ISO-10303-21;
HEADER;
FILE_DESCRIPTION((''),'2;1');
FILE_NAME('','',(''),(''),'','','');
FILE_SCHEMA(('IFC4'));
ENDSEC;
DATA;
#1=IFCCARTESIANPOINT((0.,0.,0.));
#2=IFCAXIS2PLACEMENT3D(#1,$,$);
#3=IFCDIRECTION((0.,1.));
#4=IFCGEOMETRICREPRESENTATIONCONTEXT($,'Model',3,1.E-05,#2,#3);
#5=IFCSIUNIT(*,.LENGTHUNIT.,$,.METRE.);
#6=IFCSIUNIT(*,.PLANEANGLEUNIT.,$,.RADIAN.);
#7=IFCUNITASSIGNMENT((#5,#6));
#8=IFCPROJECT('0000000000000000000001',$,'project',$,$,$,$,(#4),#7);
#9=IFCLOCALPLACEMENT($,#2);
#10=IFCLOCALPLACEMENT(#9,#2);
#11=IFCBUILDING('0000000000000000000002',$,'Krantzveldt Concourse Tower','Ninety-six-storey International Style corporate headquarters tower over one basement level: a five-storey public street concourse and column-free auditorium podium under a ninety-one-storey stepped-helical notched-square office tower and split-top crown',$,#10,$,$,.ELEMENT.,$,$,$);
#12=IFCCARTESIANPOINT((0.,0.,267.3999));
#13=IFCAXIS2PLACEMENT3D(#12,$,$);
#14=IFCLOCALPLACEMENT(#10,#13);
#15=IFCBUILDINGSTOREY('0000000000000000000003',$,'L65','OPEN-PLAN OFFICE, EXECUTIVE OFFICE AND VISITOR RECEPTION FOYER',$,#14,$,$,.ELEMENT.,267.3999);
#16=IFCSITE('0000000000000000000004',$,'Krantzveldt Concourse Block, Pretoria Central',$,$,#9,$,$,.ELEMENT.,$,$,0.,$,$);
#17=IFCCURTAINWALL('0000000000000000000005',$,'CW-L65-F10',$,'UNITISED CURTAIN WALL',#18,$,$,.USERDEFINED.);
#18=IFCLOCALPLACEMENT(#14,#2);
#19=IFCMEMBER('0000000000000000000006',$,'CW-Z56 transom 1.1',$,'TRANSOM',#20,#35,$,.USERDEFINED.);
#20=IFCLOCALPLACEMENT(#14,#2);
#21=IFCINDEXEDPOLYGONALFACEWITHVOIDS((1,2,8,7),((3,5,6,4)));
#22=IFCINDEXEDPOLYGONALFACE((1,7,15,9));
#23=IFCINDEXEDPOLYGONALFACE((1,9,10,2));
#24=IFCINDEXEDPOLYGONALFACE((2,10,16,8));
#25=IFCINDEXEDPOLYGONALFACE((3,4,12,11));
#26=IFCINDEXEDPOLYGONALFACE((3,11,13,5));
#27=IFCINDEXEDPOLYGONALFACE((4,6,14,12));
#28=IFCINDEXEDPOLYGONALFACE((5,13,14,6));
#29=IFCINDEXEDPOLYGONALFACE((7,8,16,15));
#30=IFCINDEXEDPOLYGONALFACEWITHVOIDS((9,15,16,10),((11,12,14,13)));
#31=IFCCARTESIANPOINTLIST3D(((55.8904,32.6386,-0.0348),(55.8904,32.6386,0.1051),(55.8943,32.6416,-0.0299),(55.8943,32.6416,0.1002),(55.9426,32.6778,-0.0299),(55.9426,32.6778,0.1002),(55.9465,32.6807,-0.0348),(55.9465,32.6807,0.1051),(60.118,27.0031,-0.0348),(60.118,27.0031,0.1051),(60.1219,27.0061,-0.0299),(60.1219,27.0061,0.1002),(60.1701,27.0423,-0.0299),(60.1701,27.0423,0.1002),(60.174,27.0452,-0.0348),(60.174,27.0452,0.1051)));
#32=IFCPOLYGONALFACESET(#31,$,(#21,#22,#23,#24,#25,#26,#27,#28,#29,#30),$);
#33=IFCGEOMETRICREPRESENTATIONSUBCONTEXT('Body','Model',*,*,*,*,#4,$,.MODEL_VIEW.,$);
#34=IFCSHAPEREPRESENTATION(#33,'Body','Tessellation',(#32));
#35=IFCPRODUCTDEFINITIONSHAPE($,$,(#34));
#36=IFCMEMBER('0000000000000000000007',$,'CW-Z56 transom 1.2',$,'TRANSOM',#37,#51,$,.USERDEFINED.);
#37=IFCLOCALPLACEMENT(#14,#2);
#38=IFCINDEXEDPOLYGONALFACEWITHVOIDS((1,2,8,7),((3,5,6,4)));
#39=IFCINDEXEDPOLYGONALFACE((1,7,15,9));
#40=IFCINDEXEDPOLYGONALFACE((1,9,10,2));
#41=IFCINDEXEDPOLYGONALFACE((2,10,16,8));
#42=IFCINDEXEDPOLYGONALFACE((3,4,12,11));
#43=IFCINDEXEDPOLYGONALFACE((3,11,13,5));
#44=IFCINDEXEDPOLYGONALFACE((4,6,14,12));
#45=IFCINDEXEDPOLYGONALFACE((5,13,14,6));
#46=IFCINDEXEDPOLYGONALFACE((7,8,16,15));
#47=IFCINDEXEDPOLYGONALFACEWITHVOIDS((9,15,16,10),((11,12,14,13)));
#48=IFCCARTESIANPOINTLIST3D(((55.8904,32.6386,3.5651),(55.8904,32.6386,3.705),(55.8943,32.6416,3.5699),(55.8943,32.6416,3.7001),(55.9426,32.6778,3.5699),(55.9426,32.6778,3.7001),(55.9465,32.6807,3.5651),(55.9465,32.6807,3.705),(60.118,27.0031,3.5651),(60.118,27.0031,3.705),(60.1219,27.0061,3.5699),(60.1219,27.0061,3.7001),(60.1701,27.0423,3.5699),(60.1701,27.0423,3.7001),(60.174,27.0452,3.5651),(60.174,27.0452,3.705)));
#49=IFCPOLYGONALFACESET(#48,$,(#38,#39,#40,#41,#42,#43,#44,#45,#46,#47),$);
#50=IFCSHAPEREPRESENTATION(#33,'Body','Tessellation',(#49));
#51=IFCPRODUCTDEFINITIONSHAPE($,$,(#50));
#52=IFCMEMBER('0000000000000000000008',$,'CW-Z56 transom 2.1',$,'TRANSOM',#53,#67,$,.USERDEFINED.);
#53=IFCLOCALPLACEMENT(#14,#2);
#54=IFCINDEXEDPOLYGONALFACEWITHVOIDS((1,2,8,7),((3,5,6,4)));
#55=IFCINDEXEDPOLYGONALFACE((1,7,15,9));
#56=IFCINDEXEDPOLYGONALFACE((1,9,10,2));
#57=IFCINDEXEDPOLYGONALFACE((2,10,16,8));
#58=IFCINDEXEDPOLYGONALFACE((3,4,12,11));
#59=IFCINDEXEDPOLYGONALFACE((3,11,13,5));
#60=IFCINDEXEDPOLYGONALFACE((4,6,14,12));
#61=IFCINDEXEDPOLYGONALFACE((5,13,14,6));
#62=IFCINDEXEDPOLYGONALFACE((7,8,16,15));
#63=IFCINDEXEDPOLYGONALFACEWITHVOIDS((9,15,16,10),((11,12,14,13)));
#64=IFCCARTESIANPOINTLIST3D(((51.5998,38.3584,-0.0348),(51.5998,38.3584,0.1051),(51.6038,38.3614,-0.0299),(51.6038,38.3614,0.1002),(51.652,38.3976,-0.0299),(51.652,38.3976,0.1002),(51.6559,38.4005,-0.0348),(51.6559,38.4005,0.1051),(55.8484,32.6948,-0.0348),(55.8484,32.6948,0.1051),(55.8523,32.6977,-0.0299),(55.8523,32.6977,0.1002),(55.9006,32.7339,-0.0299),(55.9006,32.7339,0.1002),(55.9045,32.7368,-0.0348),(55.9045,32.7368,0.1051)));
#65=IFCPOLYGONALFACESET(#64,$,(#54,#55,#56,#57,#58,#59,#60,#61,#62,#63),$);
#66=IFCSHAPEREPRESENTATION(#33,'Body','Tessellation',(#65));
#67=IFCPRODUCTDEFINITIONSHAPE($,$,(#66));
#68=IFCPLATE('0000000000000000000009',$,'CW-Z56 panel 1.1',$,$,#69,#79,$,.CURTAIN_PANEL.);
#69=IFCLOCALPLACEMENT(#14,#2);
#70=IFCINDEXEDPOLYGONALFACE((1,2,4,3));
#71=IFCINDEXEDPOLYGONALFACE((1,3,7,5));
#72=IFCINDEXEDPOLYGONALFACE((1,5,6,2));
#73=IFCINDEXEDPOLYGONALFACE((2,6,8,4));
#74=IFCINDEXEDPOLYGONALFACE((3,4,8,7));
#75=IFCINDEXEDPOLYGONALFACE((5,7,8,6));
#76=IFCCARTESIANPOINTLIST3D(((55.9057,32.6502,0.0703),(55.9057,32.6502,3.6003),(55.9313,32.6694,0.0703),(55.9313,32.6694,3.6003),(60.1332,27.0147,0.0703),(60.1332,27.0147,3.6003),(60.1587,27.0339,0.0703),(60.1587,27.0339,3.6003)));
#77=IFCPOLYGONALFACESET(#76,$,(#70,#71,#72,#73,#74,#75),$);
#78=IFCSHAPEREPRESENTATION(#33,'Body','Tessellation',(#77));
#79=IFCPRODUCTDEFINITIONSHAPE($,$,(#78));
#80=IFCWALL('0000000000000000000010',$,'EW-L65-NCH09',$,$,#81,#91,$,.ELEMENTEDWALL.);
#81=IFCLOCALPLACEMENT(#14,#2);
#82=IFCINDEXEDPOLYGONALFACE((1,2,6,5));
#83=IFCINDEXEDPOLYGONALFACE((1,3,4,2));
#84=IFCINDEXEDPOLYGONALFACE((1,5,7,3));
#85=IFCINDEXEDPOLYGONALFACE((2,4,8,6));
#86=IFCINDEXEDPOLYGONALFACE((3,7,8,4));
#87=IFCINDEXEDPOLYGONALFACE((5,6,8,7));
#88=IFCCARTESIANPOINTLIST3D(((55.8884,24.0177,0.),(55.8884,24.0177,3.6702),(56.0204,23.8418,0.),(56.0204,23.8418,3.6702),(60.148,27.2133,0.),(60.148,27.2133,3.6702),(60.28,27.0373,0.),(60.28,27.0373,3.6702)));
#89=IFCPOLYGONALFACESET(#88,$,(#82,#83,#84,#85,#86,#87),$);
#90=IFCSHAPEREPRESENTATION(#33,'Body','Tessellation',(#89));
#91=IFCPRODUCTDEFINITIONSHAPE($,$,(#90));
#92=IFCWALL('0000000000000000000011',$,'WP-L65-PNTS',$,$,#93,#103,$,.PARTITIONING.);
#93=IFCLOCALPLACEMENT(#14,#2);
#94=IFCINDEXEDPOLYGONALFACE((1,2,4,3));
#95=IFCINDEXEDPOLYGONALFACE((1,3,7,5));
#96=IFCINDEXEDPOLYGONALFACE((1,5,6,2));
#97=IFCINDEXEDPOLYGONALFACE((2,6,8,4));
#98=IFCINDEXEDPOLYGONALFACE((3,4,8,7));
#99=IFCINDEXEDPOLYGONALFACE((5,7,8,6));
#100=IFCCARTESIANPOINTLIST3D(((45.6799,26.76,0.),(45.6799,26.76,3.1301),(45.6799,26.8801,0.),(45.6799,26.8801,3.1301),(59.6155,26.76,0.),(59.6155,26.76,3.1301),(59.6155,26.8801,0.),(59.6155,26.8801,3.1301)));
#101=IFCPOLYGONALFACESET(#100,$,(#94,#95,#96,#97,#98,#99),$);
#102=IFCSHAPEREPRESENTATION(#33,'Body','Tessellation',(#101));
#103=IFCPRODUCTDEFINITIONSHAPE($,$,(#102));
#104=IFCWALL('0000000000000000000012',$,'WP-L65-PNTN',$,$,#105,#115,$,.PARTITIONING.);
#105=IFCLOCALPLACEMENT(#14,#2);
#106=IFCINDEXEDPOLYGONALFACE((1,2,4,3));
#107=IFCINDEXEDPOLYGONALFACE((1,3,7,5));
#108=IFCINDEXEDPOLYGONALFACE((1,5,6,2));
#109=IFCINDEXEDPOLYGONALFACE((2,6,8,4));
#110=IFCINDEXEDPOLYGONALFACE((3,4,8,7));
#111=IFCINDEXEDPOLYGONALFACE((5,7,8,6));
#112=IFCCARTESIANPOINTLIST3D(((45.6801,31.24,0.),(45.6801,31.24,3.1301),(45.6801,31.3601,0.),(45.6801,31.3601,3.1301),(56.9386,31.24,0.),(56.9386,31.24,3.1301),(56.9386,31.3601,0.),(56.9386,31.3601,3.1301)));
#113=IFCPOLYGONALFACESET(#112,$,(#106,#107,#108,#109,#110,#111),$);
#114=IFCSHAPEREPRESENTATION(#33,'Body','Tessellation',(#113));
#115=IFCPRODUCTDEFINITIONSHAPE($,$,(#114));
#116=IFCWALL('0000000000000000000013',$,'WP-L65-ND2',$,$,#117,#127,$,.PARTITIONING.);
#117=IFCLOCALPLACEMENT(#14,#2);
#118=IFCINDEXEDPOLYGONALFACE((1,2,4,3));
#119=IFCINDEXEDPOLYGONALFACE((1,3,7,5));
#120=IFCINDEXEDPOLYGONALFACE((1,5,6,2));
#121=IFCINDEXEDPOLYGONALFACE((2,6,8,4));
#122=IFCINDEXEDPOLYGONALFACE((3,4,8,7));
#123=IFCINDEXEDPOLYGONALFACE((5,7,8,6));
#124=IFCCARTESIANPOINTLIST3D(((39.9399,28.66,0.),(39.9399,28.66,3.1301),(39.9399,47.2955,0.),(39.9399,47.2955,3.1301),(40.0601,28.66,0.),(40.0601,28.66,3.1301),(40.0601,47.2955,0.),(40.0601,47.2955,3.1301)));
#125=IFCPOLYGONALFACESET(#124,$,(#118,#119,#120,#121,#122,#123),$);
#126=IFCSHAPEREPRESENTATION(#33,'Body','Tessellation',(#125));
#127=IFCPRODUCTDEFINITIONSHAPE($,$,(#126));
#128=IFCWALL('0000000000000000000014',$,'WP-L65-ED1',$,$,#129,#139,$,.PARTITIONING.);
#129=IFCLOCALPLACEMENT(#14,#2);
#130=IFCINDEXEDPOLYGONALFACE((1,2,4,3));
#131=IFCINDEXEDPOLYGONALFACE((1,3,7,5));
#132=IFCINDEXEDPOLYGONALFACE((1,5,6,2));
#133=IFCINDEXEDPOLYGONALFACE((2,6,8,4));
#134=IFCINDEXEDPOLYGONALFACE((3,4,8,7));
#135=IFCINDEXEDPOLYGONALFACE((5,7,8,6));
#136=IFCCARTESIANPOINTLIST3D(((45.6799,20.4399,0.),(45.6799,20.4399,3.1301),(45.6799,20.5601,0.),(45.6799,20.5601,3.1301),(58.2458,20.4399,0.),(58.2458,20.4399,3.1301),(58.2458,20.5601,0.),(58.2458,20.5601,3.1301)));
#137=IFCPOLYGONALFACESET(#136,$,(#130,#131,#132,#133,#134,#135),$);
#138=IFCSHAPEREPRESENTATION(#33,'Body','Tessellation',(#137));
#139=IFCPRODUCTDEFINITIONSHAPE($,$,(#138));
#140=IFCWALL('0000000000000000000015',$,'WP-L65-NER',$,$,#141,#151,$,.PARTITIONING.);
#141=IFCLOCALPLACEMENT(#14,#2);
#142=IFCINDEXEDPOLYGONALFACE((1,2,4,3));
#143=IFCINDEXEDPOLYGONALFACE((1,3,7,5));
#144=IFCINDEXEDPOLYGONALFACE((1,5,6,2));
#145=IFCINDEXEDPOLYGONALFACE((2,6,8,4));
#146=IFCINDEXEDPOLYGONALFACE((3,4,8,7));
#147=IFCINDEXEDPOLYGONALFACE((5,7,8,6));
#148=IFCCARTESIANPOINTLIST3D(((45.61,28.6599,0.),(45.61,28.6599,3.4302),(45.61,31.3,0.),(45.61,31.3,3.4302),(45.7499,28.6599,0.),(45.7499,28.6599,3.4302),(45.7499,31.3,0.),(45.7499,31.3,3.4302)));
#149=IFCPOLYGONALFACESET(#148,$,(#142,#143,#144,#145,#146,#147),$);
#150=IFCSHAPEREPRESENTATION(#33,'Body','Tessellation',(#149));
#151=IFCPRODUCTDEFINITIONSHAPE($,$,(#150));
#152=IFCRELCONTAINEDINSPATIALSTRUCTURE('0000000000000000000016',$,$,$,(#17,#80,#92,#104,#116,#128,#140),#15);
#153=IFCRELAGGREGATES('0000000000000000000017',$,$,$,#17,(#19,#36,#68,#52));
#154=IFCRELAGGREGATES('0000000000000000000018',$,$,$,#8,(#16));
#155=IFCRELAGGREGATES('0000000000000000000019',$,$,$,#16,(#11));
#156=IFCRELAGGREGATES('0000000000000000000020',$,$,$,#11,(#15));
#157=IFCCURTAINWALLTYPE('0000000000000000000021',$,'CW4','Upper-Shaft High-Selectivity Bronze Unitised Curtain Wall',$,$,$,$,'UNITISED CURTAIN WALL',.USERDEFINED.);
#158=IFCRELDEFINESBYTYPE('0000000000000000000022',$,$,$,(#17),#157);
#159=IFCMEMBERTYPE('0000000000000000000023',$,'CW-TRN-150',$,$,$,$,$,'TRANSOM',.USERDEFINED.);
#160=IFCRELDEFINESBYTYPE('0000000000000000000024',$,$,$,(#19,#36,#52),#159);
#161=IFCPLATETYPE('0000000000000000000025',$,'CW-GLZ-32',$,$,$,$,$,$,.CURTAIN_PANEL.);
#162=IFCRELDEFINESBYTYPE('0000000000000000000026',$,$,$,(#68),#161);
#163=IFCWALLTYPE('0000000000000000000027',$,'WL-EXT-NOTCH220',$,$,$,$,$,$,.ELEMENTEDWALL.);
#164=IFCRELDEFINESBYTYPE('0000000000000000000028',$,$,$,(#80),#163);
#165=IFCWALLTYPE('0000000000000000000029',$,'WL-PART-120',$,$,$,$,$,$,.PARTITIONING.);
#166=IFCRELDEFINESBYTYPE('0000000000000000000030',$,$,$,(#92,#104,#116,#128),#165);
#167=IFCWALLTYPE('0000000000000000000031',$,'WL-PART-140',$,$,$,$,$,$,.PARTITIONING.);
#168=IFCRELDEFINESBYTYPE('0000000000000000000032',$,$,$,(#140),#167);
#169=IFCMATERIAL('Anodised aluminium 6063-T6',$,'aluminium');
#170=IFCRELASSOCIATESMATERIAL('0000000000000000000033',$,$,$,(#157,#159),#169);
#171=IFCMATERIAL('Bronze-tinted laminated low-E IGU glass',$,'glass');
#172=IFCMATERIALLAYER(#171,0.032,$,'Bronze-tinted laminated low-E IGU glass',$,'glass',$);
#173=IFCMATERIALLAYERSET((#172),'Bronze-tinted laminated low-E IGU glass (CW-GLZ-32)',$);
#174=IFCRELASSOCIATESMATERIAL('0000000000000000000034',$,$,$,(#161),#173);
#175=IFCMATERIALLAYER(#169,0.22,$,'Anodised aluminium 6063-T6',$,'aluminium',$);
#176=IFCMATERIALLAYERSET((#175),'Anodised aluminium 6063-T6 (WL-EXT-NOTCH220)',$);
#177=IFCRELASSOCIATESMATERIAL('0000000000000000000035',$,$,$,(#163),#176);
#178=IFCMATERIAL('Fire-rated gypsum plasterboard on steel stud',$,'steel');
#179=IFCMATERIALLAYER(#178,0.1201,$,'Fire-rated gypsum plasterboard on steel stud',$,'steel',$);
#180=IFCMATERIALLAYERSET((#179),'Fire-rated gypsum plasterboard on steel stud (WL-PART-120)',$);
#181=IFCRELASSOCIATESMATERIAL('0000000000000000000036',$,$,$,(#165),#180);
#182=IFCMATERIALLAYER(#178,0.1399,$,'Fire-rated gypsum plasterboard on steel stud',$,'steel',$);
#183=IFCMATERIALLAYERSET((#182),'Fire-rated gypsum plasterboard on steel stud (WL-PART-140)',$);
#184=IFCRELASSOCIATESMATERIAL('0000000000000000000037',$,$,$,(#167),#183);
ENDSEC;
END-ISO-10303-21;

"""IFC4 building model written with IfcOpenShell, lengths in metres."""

from ifc_helpers import new_model, si_unit, direction, frame, frame_2d, origin, origin_2d, place, context, subcontext, project, spatial, rectangle, hollow_rectangle, extrude, source, transform, mapped, material, layer, layer_set, material_profile, profile_set, type_object, type_shapes, element, aggregate, save


model = new_model("IFC4")

# Units and contexts
model_context = context("Model", 3, precision=1e-05, world=origin(), true_north=direction((0.0, 1.0)))
body_context = subcontext(model_context, "Body", "Model", "MODEL_VIEW")
ifc_project = project(units=[si_unit("LENGTHUNIT", "METRE"), si_unit("PLANEANGLEUNIT", "RADIAN")], contexts=[model_context])

# Site, building, storey
site_placement = place(None, origin())
site = spatial("IfcSite", under=ifc_project, at=site_placement, Name="Krantzveldt Concourse Block, Pretoria Central", CompositionType="ELEMENT", RefElevation=0.0)
building_placement = place(site_placement, origin())
building = spatial("IfcBuilding", under=site, at=building_placement, Name="Krantzveldt Concourse Tower", Description="Ninety-six-storey International Style corporate headquarters tower over one basement level: a five-storey public street concourse and column-free auditorium podium under a ninety-one-storey stepped-helical notched-square office tower and split-top crown", CompositionType="ELEMENT")
storey_placement = place(building_placement, frame((0.0, 0.0, 267.3999)))
storey = spatial("IfcBuildingStorey", under=building, at=storey_placement, Name="L65", Description="OPEN-PLAN OFFICE, EXECUTIVE OFFICE AND VISITOR RECEPTION FOYER", CompositionType="ELEMENT", Elevation=267.3999)

# Curtain wall, members, plate
ifc_material_1 = material(Name="Anodised aluminium 6063-T6", Category="aluminium")
curtain_wall_type = type_object("IfcCurtainWallType", Name="CW4", Description="Upper-Shaft High-Selectivity Bronze Unitised Curtain Wall", ElementType="UNITISED CURTAIN WALL", PredefinedType="USERDEFINED", material=ifc_material_1)
curtain_wall_placement = place(storey_placement, origin())
curtain_wall = element("IfcCurtainWall", 1, at=curtain_wall_placement, inside=storey, type_object=curtain_wall_type, Name="CW-L65-F10", ObjectType="UNITISED CURTAIN WALL", PredefinedType="USERDEFINED")
ifc_material_profile_1 = material_profile(ifc_material_1, hollow_rectangle(XDim=0.0701, YDim=0.1399, WallThickness=0.0049, at=origin_2d()), Name="Anodised aluminium 6063-T6", Category="aluminium")
ifc_profile_set_1 = profile_set([ifc_material_profile_1], Name="Anodised aluminium 6063-T6 - ALU-TRAN 140x70x5")
member_type_1 = type_object("IfcMemberType", Name="CW-TRN-150", ElementType="TRANSOM", PredefinedType="USERDEFINED", material=ifc_profile_set_1)
shared_shape_1 = source(origin(), body_context, "Body", "SweptSolid", [
    extrude(hollow_rectangle(XDim=0.0701, YDim=0.1399, WallThickness=0.0049, at=origin_2d()), origin(), (0.0, 0.0, 1.0), 7.0449),
])
member_1_placement = place(storey_placement, frame((60.146, 27.0242, 0.0352), z_axis=(-0.600083, 0.799938, 0.0), x_axis=(-0.799938, -0.600083, 0.0)))
member_1 = element("IfcMember", 2, at=member_1_placement, type_object=member_type_1, Name="CW-Z56 transom 1.1", ObjectType="TRANSOM", PredefinedType="USERDEFINED", context=body_context, shape_type="MappedRepresentation", body=[
    mapped(shared_shape_1, transform((0.0, 0.0, 0.0), x_axis=(1.0, 0.0, 0.0), y_axis=(0.0, 1.0, 0.0), z_axis=(0.0, 0.0, 1.0), scale=1.0)),
])
member_2_placement = place(storey_placement, frame((60.146, 27.0242, 3.635), z_axis=(-0.600083, 0.799938, 0.0), x_axis=(-0.799938, -0.600083, 0.0)))
member_2 = element("IfcMember", 3, at=member_2_placement, type_object=member_type_1, Name="CW-Z56 transom 1.2", ObjectType="TRANSOM", PredefinedType="USERDEFINED", context=body_context, shape_type="MappedRepresentation", body=[
    mapped(shared_shape_1, transform((0.0, 0.0, 0.0), x_axis=(1.0, 0.0, 0.0), y_axis=(0.0, 1.0, 0.0), z_axis=(0.0, 0.0, 1.0), scale=1.0)),
])
shared_shape_2 = source(origin(), body_context, "Body", "SweptSolid", [
    extrude(hollow_rectangle(XDim=0.0701, YDim=0.1399, WallThickness=0.0049, at=origin_2d()), origin(), (0.0, 0.0, 1.0), 7.0801),
])
type_shapes(member_type_1, [shared_shape_1, shared_shape_2])
member_3_placement = place(storey_placement, frame((55.8765, 32.7158, 0.0352), z_axis=(-0.600077, 0.799942, 0.0), x_axis=(-0.799942, -0.600077, 0.0)))
member_3 = element("IfcMember", 4, at=member_3_placement, type_object=member_type_1, Name="CW-Z56 transom 2.1", ObjectType="TRANSOM", PredefinedType="USERDEFINED", context=body_context, shape_type="MappedRepresentation", body=[
    mapped(shared_shape_2, transform((0.0, 0.0, 0.0), x_axis=(1.0, 0.0, 0.0), y_axis=(0.0, 1.0, 0.0), z_axis=(0.0, 0.0, 1.0), scale=1.0)),
])
ifc_material_2 = material(Name="Bronze-tinted laminated low-E IGU glass", Category="glass")
ifc_layer_1 = layer(ifc_material_2, 0.032, Name="Bronze-tinted laminated low-E IGU glass", Category="glass")
ifc_layer_set_1 = layer_set([ifc_layer_1], Name="Bronze-tinted laminated low-E IGU glass (CW-GLZ-32)")
plate_type = type_object("IfcPlateType", Name="CW-GLZ-32", PredefinedType="CURTAIN_PANEL", material=ifc_layer_set_1)
shared_shape_3 = source(origin(), body_context, "Body", "SweptSolid", [
    extrude(rectangle(XDim=7.0449, YDim=0.032, at=origin_2d()), origin(), (0.0, 0.0, 1.0), 3.53),
])
type_shapes(plate_type, [shared_shape_3])
plate_placement = place(storey_placement, frame((58.0322, 29.842, 0.0703), z_axis=(0.0, 0.0, 1.0), x_axis=(-0.600071, 0.799947, 0.0)))
plate = element("IfcPlate", 5, at=plate_placement, type_object=plate_type, Name="CW-Z56 panel 1.1", PredefinedType="CURTAIN_PANEL", context=body_context, shape_type="MappedRepresentation", body=[
    mapped(shared_shape_3, transform((0.0, 0.0, 0.0), x_axis=(1.0, 0.0, 0.0), y_axis=(0.0, 1.0, 0.0), z_axis=(0.0, 0.0, 1.0), scale=1.0)),
])
aggregate(curtain_wall, [member_1, member_2, plate, member_3])

# Walls
ifc_layer_2 = layer(ifc_material_1, 0.22, Name="Anodised aluminium 6063-T6", Category="aluminium")
ifc_layer_set_2 = layer_set([ifc_layer_2], Name="Anodised aluminium 6063-T6 (WL-EXT-NOTCH220)")
wall_type_1 = type_object("IfcWallType", Name="WL-EXT-NOTCH220", PredefinedType="ELEMENTEDWALL", material=ifc_layer_set_2)
wall_1_placement = place(storey_placement, frame((55.9543, 23.9297, 0.0), z_axis=(0.0, 0.0, 1.0), x_axis=(0.799917, 0.60011, 0.0)))
element("IfcWall", 6, at=wall_1_placement, inside=storey, type_object=wall_type_1, Name="EW-L65-NCH09", PredefinedType="ELEMENTEDWALL", context=body_context, shape_type="SweptSolid", body=[
    extrude(rectangle(XDim=5.325, YDim=0.22, at=frame_2d((2.6626, 0.0))), origin(), (0.0, 0.0, 1.0), 3.6702),
])
ifc_material_3 = material(Name="Fire-rated gypsum plasterboard on steel stud", Category="steel")
ifc_layer_3 = layer(ifc_material_3, 0.1201, Name="Fire-rated gypsum plasterboard on steel stud", Category="steel")
ifc_layer_set_3 = layer_set([ifc_layer_3], Name="Fire-rated gypsum plasterboard on steel stud (WL-PART-120)")
wall_type_2 = type_object("IfcWallType", Name="WL-PART-120", PredefinedType="PARTITIONING", material=ifc_layer_set_3)
wall_2_placement = place(storey_placement, frame((45.6799, 26.8201, 0.0), z_axis=(0.0, 0.0, 1.0), x_axis=(1.0, 0.0, 0.0)))
element("IfcWall", 7, at=wall_2_placement, inside=storey, type_object=wall_type_2, Name="WP-L65-PNTS", PredefinedType="PARTITIONING", context=body_context, shape_type="SweptSolid", body=[
    extrude(rectangle(XDim=13.9355, YDim=0.1201, at=frame_2d((6.9678, 0.0))), origin(), (0.0, 0.0, 1.0), 3.1301),
])
wall_3_placement = place(storey_placement, frame((45.6799, 31.3, 0.0), z_axis=(0.0, 0.0, 1.0), x_axis=(1.0, 0.0, 0.0)))
element("IfcWall", 8, at=wall_3_placement, inside=storey, type_object=wall_type_2, Name="WP-L65-PNTN", PredefinedType="PARTITIONING", context=body_context, shape_type="SweptSolid", body=[
    extrude(rectangle(XDim=11.2585, YDim=0.1201, at=frame_2d((5.6294, 0.0))), origin(), (0.0, 0.0, 1.0), 3.1301),
])
wall_4_placement = place(storey_placement, frame((40.0, 28.6599, 0.0), z_axis=(0.0, 0.0, 1.0), x_axis=(0.0, 1.0, 0.0)))
element("IfcWall", 9, at=wall_4_placement, inside=storey, type_object=wall_type_2, Name="WP-L65-ND2", PredefinedType="PARTITIONING", context=body_context, shape_type="SweptSolid", body=[
    extrude(rectangle(XDim=18.6355, YDim=0.1201, at=frame_2d((9.3179, 0.0))), origin(), (0.0, 0.0, 1.0), 3.1301),
])
wall_5_placement = place(storey_placement, frame((45.6799, 20.5, 0.0), z_axis=(0.0, 0.0, 1.0), x_axis=(1.0, 0.0, 0.0)))
element("IfcWall", 10, at=wall_5_placement, inside=storey, type_object=wall_type_2, Name="WP-L65-ED1", PredefinedType="PARTITIONING", context=body_context, shape_type="SweptSolid", body=[
    extrude(rectangle(XDim=12.5659, YDim=0.1201, at=frame_2d((6.283, 0.0))), origin(), (0.0, 0.0, 1.0), 3.1301),
])
ifc_layer_4 = layer(ifc_material_3, 0.1399, Name="Fire-rated gypsum plasterboard on steel stud", Category="steel")
ifc_layer_set_4 = layer_set([ifc_layer_4], Name="Fire-rated gypsum plasterboard on steel stud (WL-PART-140)")
wall_type_3 = type_object("IfcWallType", Name="WL-PART-140", PredefinedType="PARTITIONING", material=ifc_layer_set_4)
wall_6_placement = place(storey_placement, frame((45.6799, 28.6599, 0.0), z_axis=(0.0, 0.0, 1.0), x_axis=(0.0, 1.0, 0.0)))
element("IfcWall", 11, at=wall_6_placement, inside=storey, type_object=wall_type_3, Name="WP-L65-NER", PredefinedType="PARTITIONING", context=body_context, shape_type="SweptSolid", body=[
    extrude(rectangle(XDim=2.6401, YDim=0.1399, at=frame_2d((1.3201, 0.0))), origin(), (0.0, 0.0, 1.0), 3.4302),
])

save(model, "model.ifc")
